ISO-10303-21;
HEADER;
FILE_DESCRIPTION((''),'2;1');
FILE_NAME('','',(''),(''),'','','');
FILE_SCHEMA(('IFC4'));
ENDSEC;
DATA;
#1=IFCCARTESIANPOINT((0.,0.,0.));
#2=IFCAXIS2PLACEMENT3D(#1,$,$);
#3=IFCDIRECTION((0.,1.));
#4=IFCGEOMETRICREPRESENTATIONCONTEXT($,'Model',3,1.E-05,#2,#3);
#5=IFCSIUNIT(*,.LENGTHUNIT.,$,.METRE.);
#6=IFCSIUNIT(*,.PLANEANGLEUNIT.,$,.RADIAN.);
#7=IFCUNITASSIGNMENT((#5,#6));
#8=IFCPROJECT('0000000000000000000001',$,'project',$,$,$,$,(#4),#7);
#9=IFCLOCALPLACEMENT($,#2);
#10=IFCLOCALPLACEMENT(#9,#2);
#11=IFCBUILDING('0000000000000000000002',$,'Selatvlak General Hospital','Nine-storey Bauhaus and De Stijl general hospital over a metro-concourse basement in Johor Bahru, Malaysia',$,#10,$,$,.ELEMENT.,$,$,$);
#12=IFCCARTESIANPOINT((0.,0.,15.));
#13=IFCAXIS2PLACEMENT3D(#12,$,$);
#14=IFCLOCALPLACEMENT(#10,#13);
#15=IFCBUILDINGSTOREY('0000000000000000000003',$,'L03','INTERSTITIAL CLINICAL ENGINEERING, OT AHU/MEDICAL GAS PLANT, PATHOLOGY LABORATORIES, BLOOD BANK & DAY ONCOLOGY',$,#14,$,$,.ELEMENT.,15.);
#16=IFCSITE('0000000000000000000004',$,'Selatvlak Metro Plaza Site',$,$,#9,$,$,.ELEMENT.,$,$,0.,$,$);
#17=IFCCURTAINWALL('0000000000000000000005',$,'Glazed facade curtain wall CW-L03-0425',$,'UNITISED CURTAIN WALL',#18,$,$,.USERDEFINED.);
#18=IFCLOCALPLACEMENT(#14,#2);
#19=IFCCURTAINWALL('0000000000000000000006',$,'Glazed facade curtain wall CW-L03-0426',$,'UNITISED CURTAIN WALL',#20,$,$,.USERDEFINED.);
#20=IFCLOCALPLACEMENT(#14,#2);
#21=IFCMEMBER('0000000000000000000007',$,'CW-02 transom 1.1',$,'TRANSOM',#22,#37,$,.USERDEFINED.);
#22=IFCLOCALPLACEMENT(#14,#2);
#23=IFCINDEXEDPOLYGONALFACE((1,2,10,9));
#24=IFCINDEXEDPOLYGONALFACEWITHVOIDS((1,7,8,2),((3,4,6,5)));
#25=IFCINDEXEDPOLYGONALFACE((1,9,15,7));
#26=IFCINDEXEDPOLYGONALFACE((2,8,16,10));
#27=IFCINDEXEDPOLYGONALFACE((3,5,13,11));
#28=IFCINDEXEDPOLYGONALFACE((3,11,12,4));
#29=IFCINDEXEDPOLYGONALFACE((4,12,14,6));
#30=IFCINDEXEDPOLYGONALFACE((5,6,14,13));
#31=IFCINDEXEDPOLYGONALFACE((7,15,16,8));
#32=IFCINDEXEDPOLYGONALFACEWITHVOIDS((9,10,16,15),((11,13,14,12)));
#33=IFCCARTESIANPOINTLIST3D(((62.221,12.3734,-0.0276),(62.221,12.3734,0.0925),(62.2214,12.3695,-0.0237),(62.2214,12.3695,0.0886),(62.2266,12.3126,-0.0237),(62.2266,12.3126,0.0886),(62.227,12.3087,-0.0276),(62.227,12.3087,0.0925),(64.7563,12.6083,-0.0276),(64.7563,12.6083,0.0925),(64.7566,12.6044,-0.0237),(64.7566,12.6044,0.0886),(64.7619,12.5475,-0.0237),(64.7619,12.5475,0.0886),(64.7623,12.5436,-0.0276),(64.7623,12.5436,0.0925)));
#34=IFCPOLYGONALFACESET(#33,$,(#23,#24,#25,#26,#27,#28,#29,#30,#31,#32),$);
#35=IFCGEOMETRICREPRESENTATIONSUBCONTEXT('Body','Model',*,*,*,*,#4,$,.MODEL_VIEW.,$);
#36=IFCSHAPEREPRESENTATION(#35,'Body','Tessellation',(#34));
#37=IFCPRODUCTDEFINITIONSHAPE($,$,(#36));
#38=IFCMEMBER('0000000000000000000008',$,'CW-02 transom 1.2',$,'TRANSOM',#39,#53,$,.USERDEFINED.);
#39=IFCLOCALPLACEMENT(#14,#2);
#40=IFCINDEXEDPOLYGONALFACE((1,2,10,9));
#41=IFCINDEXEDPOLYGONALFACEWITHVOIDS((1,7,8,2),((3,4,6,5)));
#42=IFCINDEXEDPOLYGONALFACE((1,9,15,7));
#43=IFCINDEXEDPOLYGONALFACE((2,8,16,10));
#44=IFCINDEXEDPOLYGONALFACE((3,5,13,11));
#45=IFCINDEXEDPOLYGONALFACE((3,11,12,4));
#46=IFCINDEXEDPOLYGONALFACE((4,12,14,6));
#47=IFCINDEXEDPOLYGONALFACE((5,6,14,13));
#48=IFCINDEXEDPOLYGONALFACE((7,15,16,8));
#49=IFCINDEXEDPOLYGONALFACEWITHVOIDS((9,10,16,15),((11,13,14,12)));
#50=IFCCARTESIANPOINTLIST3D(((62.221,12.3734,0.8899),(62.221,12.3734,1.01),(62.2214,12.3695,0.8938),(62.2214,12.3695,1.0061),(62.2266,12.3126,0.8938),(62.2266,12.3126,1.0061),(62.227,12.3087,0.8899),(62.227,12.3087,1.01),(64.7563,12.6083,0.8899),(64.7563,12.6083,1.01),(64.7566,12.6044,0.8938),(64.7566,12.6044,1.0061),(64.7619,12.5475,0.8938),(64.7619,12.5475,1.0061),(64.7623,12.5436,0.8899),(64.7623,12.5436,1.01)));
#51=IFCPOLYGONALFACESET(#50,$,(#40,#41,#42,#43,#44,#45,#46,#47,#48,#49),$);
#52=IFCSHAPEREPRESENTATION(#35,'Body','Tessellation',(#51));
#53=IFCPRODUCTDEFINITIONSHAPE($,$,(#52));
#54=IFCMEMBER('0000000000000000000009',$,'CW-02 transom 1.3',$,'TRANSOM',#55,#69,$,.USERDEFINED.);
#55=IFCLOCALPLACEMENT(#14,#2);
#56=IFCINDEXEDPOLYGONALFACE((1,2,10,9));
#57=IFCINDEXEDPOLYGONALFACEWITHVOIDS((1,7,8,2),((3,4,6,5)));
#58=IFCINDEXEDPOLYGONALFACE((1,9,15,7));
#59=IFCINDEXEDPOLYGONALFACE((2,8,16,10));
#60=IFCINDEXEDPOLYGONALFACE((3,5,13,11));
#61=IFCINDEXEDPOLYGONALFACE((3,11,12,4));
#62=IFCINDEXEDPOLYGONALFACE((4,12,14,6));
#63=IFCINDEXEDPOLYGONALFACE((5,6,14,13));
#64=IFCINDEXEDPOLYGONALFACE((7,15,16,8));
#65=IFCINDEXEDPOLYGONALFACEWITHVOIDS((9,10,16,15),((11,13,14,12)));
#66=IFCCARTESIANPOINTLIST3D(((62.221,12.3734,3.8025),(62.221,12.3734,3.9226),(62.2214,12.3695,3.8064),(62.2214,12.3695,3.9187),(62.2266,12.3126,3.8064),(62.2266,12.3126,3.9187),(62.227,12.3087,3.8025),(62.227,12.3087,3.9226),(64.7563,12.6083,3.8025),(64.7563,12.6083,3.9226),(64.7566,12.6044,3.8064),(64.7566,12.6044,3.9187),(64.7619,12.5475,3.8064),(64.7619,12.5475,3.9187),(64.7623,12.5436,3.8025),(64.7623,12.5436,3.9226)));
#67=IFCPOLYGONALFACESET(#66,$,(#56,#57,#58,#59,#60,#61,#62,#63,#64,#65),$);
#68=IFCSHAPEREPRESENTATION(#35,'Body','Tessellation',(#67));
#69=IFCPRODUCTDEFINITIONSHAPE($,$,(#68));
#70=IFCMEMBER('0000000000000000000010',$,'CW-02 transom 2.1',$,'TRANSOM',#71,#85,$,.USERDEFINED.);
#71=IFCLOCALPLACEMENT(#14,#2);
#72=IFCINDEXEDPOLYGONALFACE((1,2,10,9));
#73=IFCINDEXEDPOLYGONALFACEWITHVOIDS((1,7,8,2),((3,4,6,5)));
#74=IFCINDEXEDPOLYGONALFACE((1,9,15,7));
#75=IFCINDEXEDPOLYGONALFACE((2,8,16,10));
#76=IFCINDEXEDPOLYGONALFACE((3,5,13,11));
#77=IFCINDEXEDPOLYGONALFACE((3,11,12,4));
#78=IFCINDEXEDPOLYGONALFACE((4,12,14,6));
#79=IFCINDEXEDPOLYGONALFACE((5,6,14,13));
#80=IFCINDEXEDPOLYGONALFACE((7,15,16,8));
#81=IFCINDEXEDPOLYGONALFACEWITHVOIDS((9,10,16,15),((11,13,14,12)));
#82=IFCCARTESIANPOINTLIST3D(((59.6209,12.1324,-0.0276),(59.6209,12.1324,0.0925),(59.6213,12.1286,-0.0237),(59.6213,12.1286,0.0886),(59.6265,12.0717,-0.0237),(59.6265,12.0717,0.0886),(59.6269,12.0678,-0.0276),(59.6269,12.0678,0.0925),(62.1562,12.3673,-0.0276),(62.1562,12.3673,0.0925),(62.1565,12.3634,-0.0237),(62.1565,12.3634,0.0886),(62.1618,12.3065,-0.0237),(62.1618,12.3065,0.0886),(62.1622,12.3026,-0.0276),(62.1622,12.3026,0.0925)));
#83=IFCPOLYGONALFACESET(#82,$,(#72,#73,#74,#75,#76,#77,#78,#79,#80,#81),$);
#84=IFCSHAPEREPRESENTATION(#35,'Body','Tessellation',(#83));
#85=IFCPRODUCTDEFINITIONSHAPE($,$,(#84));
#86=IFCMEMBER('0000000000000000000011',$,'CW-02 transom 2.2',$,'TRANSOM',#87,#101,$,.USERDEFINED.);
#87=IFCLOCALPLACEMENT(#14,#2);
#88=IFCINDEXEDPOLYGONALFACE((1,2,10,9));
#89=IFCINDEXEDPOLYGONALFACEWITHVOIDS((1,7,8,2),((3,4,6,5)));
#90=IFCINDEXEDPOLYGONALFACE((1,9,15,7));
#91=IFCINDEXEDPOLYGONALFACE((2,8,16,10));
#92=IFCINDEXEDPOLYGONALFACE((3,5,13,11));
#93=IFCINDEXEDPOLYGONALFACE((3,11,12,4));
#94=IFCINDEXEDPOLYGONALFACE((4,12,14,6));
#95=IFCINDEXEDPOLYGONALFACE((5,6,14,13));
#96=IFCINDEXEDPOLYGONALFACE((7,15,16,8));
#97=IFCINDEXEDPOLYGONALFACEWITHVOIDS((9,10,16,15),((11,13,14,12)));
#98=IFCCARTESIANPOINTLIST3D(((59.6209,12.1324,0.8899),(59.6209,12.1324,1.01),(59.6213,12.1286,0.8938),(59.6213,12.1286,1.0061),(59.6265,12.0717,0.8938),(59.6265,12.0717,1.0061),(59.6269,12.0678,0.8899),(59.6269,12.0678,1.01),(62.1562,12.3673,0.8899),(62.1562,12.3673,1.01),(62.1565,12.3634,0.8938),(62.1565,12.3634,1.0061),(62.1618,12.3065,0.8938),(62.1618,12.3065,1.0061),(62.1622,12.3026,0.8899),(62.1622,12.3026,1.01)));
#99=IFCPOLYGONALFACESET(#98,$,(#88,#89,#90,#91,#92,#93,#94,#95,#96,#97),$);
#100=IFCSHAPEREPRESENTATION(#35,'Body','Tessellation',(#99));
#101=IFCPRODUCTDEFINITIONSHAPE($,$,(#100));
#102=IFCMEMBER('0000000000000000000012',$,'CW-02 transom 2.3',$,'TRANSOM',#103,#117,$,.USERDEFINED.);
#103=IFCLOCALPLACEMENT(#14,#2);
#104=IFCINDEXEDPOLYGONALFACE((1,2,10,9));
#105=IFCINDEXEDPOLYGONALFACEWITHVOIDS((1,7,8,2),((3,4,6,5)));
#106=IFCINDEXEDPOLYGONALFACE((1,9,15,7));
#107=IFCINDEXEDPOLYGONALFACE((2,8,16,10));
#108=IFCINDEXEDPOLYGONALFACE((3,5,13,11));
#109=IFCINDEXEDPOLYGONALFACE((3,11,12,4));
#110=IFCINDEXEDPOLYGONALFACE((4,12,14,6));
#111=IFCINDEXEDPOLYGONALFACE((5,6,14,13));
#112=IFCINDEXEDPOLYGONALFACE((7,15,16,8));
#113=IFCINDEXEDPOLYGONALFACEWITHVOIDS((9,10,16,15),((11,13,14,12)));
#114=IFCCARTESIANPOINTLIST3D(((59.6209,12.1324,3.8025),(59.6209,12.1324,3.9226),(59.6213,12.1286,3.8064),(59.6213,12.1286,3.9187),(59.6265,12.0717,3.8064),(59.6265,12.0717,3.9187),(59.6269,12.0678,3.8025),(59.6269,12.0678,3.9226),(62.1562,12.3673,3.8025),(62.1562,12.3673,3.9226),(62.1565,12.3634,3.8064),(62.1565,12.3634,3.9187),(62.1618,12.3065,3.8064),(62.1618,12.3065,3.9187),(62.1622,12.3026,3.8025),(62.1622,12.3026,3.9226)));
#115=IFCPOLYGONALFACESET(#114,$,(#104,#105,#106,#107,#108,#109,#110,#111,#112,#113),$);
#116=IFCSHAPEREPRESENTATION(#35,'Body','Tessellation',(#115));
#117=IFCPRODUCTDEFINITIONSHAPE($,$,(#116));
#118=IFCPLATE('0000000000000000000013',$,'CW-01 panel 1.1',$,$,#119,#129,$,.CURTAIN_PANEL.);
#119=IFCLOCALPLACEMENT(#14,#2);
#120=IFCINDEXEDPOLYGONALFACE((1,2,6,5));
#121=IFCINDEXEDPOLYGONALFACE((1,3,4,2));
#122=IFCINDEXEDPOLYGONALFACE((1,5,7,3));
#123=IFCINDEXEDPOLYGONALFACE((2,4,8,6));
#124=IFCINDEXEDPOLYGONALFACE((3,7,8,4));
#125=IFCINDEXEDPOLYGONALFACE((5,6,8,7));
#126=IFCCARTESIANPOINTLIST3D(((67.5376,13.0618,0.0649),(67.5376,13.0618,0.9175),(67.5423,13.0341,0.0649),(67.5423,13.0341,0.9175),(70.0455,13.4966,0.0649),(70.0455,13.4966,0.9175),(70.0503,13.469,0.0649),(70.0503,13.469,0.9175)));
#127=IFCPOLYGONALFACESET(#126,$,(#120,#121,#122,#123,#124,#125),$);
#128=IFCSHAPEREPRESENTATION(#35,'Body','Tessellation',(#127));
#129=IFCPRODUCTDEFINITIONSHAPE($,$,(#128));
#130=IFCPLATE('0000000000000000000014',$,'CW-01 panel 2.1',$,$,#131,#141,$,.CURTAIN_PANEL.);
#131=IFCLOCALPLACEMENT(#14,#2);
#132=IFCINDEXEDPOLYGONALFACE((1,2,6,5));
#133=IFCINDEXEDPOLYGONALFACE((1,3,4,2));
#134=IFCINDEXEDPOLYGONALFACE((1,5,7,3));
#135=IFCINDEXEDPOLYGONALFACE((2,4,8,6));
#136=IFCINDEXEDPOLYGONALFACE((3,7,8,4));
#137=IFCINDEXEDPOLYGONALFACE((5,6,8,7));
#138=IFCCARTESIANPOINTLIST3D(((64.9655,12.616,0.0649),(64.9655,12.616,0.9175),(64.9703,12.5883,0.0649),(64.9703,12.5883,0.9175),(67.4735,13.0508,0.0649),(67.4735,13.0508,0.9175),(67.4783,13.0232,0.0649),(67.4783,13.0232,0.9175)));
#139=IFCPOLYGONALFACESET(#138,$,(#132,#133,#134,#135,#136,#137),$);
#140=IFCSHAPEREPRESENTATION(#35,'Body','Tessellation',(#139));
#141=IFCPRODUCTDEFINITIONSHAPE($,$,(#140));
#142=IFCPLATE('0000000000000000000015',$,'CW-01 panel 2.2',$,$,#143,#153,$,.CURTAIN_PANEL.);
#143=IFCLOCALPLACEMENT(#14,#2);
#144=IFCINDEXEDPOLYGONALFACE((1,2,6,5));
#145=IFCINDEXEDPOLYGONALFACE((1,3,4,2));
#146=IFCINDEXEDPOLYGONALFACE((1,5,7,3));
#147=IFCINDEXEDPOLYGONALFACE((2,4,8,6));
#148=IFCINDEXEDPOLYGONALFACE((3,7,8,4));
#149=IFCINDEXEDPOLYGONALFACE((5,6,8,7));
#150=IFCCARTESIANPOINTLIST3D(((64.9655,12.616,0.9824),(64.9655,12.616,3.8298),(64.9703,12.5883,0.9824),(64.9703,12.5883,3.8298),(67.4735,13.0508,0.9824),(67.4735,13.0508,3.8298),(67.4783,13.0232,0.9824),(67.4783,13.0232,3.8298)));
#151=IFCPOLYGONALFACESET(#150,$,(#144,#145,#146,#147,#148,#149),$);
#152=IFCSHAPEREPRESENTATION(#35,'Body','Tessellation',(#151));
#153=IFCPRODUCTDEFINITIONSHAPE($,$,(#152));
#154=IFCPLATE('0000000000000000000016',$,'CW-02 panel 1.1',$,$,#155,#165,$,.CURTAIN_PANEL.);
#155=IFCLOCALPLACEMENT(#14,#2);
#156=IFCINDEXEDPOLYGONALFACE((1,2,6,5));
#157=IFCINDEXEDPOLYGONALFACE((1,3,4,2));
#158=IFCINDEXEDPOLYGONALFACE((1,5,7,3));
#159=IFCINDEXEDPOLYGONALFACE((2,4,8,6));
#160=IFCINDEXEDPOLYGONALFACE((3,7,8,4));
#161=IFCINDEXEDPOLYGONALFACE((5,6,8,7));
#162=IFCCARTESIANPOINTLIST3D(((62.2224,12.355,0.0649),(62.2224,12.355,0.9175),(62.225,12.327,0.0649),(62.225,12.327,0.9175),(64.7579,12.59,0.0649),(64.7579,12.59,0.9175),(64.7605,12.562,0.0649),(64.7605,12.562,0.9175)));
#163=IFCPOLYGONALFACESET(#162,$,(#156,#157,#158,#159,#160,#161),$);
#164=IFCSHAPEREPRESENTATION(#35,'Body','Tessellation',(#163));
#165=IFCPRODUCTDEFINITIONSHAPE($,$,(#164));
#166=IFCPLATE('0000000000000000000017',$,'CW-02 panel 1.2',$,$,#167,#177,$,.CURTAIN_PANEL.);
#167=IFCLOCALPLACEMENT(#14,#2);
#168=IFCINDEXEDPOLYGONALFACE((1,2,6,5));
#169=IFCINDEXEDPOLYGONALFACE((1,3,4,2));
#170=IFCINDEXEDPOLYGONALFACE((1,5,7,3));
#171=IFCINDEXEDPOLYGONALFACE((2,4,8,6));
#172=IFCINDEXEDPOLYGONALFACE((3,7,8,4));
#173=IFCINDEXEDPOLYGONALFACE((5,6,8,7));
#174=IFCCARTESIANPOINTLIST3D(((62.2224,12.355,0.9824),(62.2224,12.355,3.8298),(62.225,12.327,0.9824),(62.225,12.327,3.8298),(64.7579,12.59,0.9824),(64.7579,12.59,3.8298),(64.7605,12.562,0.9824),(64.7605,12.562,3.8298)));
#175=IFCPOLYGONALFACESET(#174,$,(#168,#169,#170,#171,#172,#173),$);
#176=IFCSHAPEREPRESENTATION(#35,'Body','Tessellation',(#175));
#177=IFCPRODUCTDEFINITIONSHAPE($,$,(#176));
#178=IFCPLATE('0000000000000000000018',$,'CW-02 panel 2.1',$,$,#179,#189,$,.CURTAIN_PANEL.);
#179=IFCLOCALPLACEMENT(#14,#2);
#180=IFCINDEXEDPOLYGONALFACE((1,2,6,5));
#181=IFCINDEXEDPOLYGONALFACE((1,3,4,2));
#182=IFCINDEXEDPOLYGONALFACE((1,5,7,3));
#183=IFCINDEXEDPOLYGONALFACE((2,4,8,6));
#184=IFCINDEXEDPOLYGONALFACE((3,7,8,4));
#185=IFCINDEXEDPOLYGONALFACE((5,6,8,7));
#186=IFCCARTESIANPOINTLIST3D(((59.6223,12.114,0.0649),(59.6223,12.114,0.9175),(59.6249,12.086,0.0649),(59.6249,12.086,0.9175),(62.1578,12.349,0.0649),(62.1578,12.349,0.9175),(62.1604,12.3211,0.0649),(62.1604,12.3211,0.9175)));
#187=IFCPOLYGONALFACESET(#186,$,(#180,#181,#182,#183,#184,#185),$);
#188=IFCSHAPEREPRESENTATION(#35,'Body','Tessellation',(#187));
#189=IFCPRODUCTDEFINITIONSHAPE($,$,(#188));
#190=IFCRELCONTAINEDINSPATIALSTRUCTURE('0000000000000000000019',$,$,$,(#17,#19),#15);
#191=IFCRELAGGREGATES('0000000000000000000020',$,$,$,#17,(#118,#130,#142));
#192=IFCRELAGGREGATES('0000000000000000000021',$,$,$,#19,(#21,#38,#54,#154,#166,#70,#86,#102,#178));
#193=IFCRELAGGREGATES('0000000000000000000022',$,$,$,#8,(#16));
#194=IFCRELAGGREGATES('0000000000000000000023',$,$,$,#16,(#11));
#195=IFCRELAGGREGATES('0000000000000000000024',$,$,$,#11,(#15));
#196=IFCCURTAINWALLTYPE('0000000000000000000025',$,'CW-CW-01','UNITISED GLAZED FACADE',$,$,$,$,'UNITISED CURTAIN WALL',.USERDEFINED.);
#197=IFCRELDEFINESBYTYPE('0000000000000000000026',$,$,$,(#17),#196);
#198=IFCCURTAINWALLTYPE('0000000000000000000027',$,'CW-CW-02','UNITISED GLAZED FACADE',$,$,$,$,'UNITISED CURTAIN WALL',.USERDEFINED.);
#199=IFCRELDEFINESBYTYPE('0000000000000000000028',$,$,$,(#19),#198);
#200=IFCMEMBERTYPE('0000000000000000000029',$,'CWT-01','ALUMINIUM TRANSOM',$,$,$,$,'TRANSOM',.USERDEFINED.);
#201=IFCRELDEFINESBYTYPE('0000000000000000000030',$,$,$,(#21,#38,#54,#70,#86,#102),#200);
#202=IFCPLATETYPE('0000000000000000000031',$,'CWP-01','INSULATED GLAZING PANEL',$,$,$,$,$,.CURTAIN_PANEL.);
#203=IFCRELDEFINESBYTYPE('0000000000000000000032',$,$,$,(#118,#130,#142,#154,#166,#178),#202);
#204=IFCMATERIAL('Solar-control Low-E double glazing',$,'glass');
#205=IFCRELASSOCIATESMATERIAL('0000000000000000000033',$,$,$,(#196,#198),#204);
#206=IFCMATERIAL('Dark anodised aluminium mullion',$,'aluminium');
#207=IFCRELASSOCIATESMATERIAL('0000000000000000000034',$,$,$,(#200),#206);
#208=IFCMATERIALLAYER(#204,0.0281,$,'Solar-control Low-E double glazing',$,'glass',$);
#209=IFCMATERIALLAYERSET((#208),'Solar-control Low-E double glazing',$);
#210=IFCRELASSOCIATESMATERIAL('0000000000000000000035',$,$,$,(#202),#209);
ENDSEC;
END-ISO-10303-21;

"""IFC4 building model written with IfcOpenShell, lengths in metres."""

from ifc_helpers import new_model, si_unit, direction, frame, origin, origin_2d, place, context, subcontext, project, spatial, rectangle, hollow_rectangle, extrude, material, layer, layer_set, material_profile, profile_set, type_object, element, aggregate, save


model = new_model("IFC4")

# Units and contexts
model_context = context("Model", 3, precision=1e-05, world=origin(), true_north=direction((0.0, 1.0)))
body_context = subcontext(model_context, "Body", "Model", "MODEL_VIEW")
ifc_project = project(units=[si_unit("LENGTHUNIT", "METRE"), si_unit("PLANEANGLEUNIT", "RADIAN")], contexts=[model_context])

# Site, building, storey
site_placement = place(None, origin())
site = spatial("IfcSite", under=ifc_project, at=site_placement, Name="Selatvlak Metro Plaza Site", CompositionType="ELEMENT", RefElevation=0.0)
building_placement = place(site_placement, origin())
building = spatial("IfcBuilding", under=site, at=building_placement, Name="Selatvlak General Hospital", Description="Nine-storey Bauhaus and De Stijl general hospital over a metro-concourse basement in Johor Bahru, Malaysia", CompositionType="ELEMENT")
storey_placement = place(building_placement, frame((0.0, 0.0, 15.0)))
storey = spatial("IfcBuildingStorey", under=building, at=storey_placement, Name="L03", Description="INTERSTITIAL CLINICAL ENGINEERING, OT AHU/MEDICAL GAS PLANT, PATHOLOGY LABORATORIES, BLOOD BANK & DAY ONCOLOGY", CompositionType="ELEMENT", Elevation=15.0)

# Curtain walls
ifc_material_1 = material(Name="Solar-control Low-E double glazing", Category="glass")
curtain_wall_type_1 = type_object("IfcCurtainWallType", Name="CW-CW-01", Description="UNITISED GLAZED FACADE", ElementType="UNITISED CURTAIN WALL", PredefinedType="USERDEFINED", material=ifc_material_1)
curtain_wall_1_placement = place(storey_placement, origin())
curtain_wall_1 = element("IfcCurtainWall", 1, at=curtain_wall_1_placement, inside=storey, type_object=curtain_wall_type_1, Name="Glazed facade curtain wall CW-L03-0425", ObjectType="UNITISED CURTAIN WALL", PredefinedType="USERDEFINED")
ifc_material_2 = material(Name="Dark anodised aluminium mullion", Category="aluminium")
curtain_wall_type_2 = type_object("IfcCurtainWallType", Name="CW-CW-02", Description="UNITISED GLAZED FACADE", ElementType="UNITISED CURTAIN WALL", PredefinedType="USERDEFINED", material=ifc_material_1)
curtain_wall_2_placement = place(storey_placement, origin())
curtain_wall_2 = element("IfcCurtainWall", 2, at=curtain_wall_2_placement, inside=storey, type_object=curtain_wall_type_2, Name="Glazed facade curtain wall CW-L03-0426", ObjectType="UNITISED CURTAIN WALL", PredefinedType="USERDEFINED")

# Members
ifc_material_profile_1 = material_profile(ifc_material_2, hollow_rectangle(XDim=0.0649, YDim=0.1201, WallThickness=0.0039, at=origin_2d()), Name="AL-TRN 65x120x4")
ifc_profile_set_1 = profile_set([ifc_material_profile_1], Name="Dark anodised aluminium mullion")
member_type_1 = type_object("IfcMemberType", Name="CWT-01", Description="ALUMINIUM TRANSOM", ElementType="TRANSOM", PredefinedType="USERDEFINED", material=ifc_profile_set_1)
member_1_placement = place(storey_placement, frame((64.7593, 12.5759, 0.0325), z_axis=(-0.995737, -0.092239, 0.0), x_axis=(0.092239, -0.995737, 0.0)))
member_1 = element("IfcMember", 3, at=member_1_placement, type_object=member_type_1, Name="CW-02 transom 1.1", ObjectType="TRANSOM", PredefinedType="USERDEFINED", context=body_context, shape_type="SweptSolid", body=[
    extrude(hollow_rectangle(XDim=0.0649, YDim=0.1201, WallThickness=0.0039, at=origin_2d()), origin(), (0.0, 0.0, 1.0), 2.5461),
])
member_2_placement = place(storey_placement, frame((64.7593, 12.5759, 0.95), z_axis=(-0.995737, -0.092239, 0.0), x_axis=(0.092239, -0.995737, 0.0)))
member_2 = element("IfcMember", 4, at=member_2_placement, type_object=member_type_1, Name="CW-02 transom 1.2", ObjectType="TRANSOM", PredefinedType="USERDEFINED", context=body_context, shape_type="SweptSolid", body=[
    extrude(hollow_rectangle(XDim=0.0649, YDim=0.1201, WallThickness=0.0039, at=origin_2d()), origin(), (0.0, 0.0, 1.0), 2.5461),
])
member_3_placement = place(storey_placement, frame((64.7593, 12.5759, 3.8625), z_axis=(-0.995737, -0.092239, 0.0), x_axis=(0.092239, -0.995737, 0.0)))
member_3 = element("IfcMember", 5, at=member_3_placement, type_object=member_type_1, Name="CW-02 transom 1.3", ObjectType="TRANSOM", PredefinedType="USERDEFINED", context=body_context, shape_type="SweptSolid", body=[
    extrude(hollow_rectangle(XDim=0.0649, YDim=0.1201, WallThickness=0.0039, at=origin_2d()), origin(), (0.0, 0.0, 1.0), 2.5461),
])
member_4_placement = place(storey_placement, frame((62.1592, 12.335, 0.0325), z_axis=(-0.995737, -0.092239, 0.0), x_axis=(0.092239, -0.995737, 0.0)))
member_4 = element("IfcMember", 6, at=member_4_placement, type_object=member_type_1, Name="CW-02 transom 2.1", ObjectType="TRANSOM", PredefinedType="USERDEFINED", context=body_context, shape_type="SweptSolid", body=[
    extrude(hollow_rectangle(XDim=0.0649, YDim=0.1201, WallThickness=0.0039, at=origin_2d()), origin(), (0.0, 0.0, 1.0), 2.5461),
])
member_5_placement = place(storey_placement, frame((62.1592, 12.335, 0.95), z_axis=(-0.995737, -0.092239, 0.0), x_axis=(0.092239, -0.995737, 0.0)))
member_5 = element("IfcMember", 7, at=member_5_placement, type_object=member_type_1, Name="CW-02 transom 2.2", ObjectType="TRANSOM", PredefinedType="USERDEFINED", context=body_context, shape_type="SweptSolid", body=[
    extrude(hollow_rectangle(XDim=0.0649, YDim=0.1201, WallThickness=0.0039, at=origin_2d()), origin(), (0.0, 0.0, 1.0), 2.5461),
])
member_6_placement = place(storey_placement, frame((62.1592, 12.335, 3.8625), z_axis=(-0.995737, -0.092239, 0.0), x_axis=(0.092239, -0.995737, 0.0)))
member_6 = element("IfcMember", 8, at=member_6_placement, type_object=member_type_1, Name="CW-02 transom 2.3", ObjectType="TRANSOM", PredefinedType="USERDEFINED", context=body_context, shape_type="SweptSolid", body=[
    extrude(hollow_rectangle(XDim=0.0649, YDim=0.1201, WallThickness=0.0039, at=origin_2d()), origin(), (0.0, 0.0, 1.0), 2.5461),
])

# Plates
ifc_layer_1 = layer(ifc_material_1, 0.0281, Name="Solar-control Low-E double glazing", Category="glass")
ifc_layer_set_1 = layer_set([ifc_layer_1], Name="Solar-control Low-E double glazing")
plate_type = type_object("IfcPlateType", Name="CWP-01", Description="INSULATED GLAZING PANEL", PredefinedType="CURTAIN_PANEL", material=ifc_layer_set_1)
plate_1_placement = place(storey_placement, frame((68.7939, 13.2654, 0.0649), z_axis=(0.0, 0.0, 1.0), x_axis=(-0.985299, -0.170838, 0.0)))
plate_1 = element("IfcPlate", 9, at=plate_1_placement, type_object=plate_type, Name="CW-01 panel 1.1", PredefinedType="CURTAIN_PANEL", context=body_context, shape_type="SweptSolid", body=[
    extrude(rectangle(XDim=2.5454, YDim=0.0281, at=origin_2d()), origin(), (0.0, 0.0, 1.0), 0.8525),
])
plate_2_placement = place(storey_placement, frame((66.2219, 12.8196, 0.0649), z_axis=(0.0, 0.0, 1.0), x_axis=(-0.985299, -0.170838, 0.0)))
plate_2 = element("IfcPlate", 10, at=plate_2_placement, type_object=plate_type, Name="CW-01 panel 2.1", PredefinedType="CURTAIN_PANEL", context=body_context, shape_type="SweptSolid", body=[
    extrude(rectangle(XDim=2.5454, YDim=0.0281, at=origin_2d()), origin(), (0.0, 0.0, 1.0), 0.8525),
])
plate_3_placement = place(storey_placement, frame((66.2219, 12.8196, 0.9824), z_axis=(0.0, 0.0, 1.0), x_axis=(-0.985299, -0.170838, 0.0)))
plate_3 = element("IfcPlate", 11, at=plate_3_placement, type_object=plate_type, Name="CW-01 panel 2.2", PredefinedType="CURTAIN_PANEL", context=body_context, shape_type="SweptSolid", body=[
    extrude(rectangle(XDim=2.5454, YDim=0.0281, at=origin_2d()), origin(), (0.0, 0.0, 1.0), 2.8474),
])
aggregate(curtain_wall_1, [plate_1, plate_2, plate_3])
plate_4_placement = place(storey_placement, frame((63.4915, 12.4585, 0.0649), z_axis=(0.0, 0.0, 1.0), x_axis=(-0.995732, -0.092292, 0.0)))
plate_4 = element("IfcPlate", 12, at=plate_4_placement, type_object=plate_type, Name="CW-02 panel 1.1", PredefinedType="CURTAIN_PANEL", context=body_context, shape_type="SweptSolid", body=[
    extrude(rectangle(XDim=2.5464, YDim=0.0281, at=origin_2d()), origin(), (0.0, 0.0, 1.0), 0.8525),
])
plate_5_placement = place(storey_placement, frame((63.4915, 12.4585, 0.9824), z_axis=(0.0, 0.0, 1.0), x_axis=(-0.995732, -0.092292, 0.0)))
plate_5 = element("IfcPlate", 13, at=plate_5_placement, type_object=plate_type, Name="CW-02 panel 1.2", PredefinedType="CURTAIN_PANEL", context=body_context, shape_type="SweptSolid", body=[
    extrude(rectangle(XDim=2.5464, YDim=0.0281, at=origin_2d()), origin(), (0.0, 0.0, 1.0), 2.8474),
])
plate_6_placement = place(storey_placement, frame((60.8914, 12.2175, 0.0649), z_axis=(0.0, 0.0, 1.0), x_axis=(-0.995732, -0.092292, 0.0)))
plate_6 = element("IfcPlate", 14, at=plate_6_placement, type_object=plate_type, Name="CW-02 panel 2.1", PredefinedType="CURTAIN_PANEL", context=body_context, shape_type="SweptSolid", body=[
    extrude(rectangle(XDim=2.5464, YDim=0.0281, at=origin_2d()), origin(), (0.0, 0.0, 1.0), 0.8525),
])
aggregate(curtain_wall_2, [member_1, member_2, member_3, plate_4, plate_5, member_4, member_5, member_6, plate_6])

save(model, "model.ifc")
